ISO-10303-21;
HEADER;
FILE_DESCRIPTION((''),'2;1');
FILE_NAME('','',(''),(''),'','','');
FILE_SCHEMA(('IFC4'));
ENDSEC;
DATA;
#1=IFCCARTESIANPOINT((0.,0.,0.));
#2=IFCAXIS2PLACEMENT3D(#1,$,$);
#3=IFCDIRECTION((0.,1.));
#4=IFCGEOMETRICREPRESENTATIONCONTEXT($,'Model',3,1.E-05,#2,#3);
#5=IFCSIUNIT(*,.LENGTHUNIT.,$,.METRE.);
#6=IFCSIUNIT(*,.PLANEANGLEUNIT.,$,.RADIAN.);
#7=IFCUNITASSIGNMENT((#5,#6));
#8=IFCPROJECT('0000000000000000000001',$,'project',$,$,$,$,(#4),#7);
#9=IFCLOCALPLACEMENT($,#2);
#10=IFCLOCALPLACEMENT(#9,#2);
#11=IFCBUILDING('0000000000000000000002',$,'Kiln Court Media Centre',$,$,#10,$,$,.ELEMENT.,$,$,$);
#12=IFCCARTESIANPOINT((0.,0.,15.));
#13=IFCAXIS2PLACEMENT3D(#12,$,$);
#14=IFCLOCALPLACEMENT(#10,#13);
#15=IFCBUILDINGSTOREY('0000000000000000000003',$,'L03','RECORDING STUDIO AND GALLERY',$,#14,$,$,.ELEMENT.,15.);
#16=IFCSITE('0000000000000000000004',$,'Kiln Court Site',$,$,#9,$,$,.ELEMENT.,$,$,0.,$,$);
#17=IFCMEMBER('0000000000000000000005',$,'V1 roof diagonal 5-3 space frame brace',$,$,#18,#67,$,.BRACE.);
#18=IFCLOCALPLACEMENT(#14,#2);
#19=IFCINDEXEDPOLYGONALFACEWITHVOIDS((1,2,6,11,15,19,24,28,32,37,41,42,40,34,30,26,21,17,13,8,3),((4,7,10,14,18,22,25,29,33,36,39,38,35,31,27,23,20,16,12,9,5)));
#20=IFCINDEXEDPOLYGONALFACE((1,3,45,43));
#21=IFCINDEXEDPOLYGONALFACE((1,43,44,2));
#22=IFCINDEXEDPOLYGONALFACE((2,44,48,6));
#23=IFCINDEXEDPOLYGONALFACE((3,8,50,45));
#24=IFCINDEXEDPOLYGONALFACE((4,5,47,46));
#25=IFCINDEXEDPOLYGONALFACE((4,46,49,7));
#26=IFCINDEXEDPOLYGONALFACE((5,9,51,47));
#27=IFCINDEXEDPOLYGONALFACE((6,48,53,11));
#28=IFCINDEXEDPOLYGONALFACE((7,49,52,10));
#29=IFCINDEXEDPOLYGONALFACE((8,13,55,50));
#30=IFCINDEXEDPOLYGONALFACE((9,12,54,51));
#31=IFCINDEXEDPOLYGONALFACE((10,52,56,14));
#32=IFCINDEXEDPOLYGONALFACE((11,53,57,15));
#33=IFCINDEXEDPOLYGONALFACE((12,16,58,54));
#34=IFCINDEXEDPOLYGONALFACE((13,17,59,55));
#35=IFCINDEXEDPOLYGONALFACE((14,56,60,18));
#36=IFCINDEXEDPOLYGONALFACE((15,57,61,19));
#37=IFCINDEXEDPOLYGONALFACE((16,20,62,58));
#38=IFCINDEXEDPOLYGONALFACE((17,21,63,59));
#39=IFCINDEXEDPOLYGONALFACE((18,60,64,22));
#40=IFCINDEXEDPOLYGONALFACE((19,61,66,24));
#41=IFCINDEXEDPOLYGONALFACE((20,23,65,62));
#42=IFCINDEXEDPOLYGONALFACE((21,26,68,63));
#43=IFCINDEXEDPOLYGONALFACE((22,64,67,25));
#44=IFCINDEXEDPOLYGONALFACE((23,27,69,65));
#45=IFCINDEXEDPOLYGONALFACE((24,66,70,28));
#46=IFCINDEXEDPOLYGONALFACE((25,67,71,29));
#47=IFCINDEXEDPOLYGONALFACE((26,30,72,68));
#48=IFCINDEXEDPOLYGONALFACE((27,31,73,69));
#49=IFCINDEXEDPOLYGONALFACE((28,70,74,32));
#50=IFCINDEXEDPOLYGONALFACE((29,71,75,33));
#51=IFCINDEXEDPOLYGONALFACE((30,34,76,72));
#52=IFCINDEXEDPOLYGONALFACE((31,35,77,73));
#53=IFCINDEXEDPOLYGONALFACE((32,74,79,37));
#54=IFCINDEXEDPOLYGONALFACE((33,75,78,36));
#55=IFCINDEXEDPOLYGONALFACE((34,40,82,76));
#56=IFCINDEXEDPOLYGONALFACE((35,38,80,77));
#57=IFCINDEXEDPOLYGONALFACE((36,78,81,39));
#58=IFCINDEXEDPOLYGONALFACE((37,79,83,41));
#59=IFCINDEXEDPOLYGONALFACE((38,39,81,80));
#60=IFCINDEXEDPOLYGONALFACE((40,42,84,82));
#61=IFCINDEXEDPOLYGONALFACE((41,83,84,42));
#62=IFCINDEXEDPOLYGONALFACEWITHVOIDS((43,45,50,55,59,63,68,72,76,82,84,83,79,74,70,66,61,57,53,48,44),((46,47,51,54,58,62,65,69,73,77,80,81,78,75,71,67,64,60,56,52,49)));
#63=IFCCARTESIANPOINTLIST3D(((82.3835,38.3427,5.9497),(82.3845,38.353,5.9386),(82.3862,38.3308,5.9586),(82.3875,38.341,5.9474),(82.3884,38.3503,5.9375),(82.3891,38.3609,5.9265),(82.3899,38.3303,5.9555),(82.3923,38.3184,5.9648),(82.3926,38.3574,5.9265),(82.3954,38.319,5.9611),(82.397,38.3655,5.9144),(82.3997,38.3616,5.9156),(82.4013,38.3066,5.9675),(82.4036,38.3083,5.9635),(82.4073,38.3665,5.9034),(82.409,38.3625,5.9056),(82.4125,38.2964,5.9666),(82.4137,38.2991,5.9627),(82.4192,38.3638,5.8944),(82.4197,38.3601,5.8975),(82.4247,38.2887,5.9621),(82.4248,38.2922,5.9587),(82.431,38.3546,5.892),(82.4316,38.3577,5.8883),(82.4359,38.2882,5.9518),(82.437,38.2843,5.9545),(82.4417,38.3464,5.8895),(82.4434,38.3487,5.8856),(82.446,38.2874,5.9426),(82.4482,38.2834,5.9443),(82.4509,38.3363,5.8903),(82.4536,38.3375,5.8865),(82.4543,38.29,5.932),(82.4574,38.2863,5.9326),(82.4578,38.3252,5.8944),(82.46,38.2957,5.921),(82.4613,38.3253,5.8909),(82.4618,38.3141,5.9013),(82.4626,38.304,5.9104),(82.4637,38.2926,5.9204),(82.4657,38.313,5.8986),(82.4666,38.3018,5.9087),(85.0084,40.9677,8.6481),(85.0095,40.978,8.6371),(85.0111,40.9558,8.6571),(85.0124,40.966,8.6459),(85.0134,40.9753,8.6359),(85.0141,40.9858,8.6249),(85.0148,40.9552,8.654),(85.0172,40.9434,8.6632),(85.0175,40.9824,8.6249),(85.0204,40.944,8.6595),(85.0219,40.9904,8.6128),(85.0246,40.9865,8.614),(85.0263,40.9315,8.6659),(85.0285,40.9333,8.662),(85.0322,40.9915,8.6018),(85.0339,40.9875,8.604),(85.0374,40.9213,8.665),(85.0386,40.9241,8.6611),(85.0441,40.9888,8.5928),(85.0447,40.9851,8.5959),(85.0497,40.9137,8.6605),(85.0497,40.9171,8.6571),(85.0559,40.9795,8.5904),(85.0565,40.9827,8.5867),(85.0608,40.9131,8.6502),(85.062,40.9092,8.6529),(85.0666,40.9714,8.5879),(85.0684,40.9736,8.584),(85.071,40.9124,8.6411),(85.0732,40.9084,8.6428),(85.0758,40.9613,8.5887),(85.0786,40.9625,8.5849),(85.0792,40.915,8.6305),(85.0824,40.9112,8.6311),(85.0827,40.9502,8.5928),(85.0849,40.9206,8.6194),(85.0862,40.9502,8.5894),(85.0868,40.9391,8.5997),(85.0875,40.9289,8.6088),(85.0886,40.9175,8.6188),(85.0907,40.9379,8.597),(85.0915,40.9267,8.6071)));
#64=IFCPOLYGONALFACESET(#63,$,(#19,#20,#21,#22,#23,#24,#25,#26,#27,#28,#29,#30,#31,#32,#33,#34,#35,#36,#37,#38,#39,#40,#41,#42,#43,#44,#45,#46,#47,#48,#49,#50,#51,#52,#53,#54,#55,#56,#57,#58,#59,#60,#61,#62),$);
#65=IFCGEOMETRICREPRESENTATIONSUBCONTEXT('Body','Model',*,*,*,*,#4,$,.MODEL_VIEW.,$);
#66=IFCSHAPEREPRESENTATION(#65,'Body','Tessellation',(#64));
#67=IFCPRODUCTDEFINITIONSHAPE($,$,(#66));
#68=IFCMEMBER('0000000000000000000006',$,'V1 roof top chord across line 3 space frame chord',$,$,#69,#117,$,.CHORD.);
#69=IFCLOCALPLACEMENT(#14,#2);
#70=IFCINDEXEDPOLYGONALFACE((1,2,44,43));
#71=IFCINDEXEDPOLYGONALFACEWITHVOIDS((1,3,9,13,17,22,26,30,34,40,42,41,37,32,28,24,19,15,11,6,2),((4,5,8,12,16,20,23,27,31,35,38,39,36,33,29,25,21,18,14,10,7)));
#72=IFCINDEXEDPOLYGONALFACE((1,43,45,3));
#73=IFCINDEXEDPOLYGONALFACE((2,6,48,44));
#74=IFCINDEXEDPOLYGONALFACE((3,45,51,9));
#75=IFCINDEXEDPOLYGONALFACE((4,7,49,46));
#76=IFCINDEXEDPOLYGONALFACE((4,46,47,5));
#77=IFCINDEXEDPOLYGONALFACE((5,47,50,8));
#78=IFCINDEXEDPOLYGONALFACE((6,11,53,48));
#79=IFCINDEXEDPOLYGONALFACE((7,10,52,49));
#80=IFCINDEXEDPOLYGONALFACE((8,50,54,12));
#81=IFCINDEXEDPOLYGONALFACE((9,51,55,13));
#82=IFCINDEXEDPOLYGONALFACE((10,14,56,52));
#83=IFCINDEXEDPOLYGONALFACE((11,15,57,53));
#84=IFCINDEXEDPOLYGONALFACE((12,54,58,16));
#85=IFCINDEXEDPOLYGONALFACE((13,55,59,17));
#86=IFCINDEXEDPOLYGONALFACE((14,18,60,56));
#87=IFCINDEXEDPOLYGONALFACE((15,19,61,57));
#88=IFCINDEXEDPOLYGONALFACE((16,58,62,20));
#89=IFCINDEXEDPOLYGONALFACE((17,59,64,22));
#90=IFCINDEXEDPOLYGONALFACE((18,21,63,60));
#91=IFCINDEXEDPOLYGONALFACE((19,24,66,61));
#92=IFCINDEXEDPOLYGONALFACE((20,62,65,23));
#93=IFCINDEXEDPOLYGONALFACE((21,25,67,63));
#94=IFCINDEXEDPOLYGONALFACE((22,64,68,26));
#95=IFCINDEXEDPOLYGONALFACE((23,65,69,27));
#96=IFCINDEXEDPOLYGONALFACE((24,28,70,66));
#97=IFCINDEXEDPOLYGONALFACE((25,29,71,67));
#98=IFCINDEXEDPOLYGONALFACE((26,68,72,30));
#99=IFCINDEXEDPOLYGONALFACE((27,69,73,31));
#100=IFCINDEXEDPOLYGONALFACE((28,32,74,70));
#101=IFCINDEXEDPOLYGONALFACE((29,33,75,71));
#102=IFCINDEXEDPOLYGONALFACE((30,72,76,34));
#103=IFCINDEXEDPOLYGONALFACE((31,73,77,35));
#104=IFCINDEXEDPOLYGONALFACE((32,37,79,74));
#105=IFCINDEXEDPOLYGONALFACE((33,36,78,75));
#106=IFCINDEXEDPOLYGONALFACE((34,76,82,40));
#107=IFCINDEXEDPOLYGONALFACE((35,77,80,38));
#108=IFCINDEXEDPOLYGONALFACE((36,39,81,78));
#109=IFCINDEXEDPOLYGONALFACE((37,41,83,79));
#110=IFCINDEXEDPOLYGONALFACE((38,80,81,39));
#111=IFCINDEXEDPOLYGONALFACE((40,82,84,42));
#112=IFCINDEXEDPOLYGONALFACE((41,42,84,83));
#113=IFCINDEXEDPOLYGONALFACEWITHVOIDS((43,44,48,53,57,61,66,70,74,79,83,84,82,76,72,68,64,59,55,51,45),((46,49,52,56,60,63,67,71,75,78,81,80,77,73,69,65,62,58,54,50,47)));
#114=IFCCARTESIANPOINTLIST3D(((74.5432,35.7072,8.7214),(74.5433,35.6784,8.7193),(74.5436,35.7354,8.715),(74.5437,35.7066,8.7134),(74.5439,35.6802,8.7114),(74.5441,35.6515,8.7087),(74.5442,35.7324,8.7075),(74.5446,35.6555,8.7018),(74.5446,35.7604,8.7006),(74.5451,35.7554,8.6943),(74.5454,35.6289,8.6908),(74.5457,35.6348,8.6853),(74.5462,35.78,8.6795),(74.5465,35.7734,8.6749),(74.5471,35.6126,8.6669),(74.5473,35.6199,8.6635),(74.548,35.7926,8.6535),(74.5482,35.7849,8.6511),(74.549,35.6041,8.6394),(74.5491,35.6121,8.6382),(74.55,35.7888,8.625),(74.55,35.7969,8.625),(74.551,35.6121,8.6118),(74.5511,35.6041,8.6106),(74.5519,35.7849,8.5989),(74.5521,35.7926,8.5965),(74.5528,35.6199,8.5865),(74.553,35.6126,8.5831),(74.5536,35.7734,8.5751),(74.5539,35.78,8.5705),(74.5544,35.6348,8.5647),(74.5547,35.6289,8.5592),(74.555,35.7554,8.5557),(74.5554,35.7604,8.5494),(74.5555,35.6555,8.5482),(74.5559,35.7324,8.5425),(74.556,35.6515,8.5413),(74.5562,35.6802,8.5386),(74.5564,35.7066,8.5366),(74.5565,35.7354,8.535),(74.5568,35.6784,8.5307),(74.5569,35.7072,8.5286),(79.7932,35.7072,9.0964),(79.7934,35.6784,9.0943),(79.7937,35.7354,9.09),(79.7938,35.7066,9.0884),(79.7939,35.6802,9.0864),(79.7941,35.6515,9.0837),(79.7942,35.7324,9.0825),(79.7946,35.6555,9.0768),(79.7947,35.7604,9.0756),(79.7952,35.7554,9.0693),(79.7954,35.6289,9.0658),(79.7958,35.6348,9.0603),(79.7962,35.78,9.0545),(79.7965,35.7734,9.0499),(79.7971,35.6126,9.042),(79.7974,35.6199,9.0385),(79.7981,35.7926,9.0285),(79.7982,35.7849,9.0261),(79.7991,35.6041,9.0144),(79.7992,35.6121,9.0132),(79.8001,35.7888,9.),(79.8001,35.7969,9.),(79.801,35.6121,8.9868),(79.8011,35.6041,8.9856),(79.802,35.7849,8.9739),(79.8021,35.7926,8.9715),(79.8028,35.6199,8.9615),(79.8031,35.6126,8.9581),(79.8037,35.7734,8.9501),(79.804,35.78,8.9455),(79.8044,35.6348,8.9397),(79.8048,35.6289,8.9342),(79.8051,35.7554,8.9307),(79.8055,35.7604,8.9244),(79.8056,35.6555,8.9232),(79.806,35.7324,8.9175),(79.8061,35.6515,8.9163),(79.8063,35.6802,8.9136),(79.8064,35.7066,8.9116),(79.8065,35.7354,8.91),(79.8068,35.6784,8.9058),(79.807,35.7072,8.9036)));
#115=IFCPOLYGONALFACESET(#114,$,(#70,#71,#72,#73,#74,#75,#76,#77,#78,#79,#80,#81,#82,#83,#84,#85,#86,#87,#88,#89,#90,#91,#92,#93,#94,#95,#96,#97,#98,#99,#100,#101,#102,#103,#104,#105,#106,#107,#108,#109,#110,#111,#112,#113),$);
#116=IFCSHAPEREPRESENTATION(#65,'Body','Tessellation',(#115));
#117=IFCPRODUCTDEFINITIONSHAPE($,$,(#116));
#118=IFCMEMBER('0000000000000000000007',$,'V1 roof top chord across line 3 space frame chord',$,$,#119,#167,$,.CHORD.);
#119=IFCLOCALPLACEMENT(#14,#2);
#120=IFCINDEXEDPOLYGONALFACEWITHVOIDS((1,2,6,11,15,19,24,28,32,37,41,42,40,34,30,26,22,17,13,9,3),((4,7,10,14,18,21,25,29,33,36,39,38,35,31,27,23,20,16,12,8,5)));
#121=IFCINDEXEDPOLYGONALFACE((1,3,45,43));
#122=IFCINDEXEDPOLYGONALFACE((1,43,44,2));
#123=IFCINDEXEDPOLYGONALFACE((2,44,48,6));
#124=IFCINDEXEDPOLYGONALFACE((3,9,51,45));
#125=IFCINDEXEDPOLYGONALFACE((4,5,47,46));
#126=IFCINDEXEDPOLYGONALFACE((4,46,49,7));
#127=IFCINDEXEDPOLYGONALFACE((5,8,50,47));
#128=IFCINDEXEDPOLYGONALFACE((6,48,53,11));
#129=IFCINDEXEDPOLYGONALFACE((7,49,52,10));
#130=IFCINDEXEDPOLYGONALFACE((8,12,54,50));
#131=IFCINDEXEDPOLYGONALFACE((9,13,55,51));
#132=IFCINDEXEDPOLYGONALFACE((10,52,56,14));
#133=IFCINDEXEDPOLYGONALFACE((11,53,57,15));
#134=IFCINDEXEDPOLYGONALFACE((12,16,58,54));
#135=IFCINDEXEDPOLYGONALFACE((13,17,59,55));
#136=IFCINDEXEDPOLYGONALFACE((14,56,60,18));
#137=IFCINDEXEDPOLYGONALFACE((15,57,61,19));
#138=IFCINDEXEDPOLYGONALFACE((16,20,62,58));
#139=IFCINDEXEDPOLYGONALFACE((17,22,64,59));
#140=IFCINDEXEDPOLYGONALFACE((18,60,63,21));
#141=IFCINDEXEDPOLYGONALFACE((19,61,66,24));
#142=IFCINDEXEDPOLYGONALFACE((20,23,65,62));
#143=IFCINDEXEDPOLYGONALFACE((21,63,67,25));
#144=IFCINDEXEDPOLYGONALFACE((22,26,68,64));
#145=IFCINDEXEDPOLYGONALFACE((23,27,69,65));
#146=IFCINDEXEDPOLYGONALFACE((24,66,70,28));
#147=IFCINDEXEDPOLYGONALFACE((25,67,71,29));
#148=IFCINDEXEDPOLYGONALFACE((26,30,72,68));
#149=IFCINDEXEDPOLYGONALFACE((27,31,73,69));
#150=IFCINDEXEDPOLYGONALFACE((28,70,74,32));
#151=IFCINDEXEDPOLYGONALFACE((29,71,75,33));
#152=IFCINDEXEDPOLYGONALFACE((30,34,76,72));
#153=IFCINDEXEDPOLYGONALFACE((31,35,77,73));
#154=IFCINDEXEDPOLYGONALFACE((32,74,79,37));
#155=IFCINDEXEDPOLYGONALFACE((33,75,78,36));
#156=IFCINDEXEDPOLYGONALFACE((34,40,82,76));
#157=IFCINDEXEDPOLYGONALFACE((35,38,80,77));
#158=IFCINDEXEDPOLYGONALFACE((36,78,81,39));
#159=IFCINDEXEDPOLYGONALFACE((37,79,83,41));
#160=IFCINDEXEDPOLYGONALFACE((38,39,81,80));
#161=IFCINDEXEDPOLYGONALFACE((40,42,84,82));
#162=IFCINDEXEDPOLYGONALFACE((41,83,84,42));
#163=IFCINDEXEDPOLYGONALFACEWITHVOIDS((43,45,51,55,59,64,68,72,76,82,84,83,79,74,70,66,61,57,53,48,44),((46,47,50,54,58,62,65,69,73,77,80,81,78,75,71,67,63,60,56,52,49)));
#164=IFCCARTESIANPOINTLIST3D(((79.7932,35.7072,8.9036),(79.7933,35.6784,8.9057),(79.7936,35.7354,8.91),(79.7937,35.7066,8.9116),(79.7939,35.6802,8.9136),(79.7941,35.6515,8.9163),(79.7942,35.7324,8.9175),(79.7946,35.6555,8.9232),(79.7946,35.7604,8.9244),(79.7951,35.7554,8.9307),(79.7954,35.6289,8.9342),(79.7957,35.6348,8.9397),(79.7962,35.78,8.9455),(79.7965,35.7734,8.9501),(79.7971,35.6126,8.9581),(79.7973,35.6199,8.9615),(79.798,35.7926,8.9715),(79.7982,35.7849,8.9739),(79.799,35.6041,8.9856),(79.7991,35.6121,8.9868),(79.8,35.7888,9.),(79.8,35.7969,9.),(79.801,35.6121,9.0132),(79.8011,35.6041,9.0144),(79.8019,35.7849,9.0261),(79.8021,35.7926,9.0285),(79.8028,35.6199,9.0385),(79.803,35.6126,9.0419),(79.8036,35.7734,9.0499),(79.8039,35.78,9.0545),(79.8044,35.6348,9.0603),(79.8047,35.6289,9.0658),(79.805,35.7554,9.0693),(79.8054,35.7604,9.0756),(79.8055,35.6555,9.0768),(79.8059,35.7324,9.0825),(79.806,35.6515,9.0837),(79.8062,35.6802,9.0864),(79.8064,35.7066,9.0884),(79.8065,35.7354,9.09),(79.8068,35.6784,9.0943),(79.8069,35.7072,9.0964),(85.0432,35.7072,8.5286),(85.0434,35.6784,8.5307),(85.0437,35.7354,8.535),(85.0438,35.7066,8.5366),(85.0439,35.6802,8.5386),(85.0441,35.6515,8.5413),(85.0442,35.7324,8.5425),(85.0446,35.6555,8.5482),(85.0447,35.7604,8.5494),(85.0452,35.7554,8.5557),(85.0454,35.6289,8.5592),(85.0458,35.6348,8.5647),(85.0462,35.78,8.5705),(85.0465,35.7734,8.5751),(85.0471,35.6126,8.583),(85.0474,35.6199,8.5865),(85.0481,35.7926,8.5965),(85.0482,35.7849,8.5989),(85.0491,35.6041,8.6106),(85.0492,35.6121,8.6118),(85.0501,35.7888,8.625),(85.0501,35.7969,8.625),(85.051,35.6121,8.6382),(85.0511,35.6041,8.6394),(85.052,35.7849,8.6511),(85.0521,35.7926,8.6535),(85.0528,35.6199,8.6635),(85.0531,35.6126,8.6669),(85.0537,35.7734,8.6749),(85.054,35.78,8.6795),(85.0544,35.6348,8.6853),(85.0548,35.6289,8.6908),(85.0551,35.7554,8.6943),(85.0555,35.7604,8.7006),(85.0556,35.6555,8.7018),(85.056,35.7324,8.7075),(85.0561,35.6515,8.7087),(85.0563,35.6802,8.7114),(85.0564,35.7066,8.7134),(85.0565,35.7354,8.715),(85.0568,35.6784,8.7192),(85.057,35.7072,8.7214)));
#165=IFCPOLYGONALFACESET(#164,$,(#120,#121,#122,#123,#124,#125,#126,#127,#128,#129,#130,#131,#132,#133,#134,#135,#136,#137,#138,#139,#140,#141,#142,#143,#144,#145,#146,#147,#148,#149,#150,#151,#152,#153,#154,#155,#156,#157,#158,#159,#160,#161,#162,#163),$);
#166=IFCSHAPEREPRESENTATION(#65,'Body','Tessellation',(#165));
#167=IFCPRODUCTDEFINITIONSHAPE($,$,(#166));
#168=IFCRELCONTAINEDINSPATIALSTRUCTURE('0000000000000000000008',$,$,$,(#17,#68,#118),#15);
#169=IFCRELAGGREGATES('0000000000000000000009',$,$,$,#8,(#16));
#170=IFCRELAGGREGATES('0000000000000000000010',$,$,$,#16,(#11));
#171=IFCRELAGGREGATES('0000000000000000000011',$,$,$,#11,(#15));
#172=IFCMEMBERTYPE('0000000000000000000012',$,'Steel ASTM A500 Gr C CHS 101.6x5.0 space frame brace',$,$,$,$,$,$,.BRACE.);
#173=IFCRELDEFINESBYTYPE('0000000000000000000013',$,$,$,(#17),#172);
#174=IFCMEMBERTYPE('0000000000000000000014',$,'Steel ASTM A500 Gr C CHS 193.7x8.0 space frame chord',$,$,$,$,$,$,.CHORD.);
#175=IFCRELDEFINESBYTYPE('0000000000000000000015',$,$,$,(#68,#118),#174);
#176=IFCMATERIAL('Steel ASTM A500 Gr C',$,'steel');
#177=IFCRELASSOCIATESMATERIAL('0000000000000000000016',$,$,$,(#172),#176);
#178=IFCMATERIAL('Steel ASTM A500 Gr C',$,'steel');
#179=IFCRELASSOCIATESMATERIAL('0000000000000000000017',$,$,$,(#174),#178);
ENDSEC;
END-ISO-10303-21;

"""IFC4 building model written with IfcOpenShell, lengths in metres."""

from ifc_helpers import new_model, si_unit, direction, frame, origin, origin_2d, place, context, subcontext, project, spatial, hollow_circle, extrude, material, material_profile, profile_set, type_object, element, save


model = new_model("IFC4")

# Units and contexts
model_context = context("Model", 3, precision=1e-05, world=origin(), true_north=direction((0.0, 1.0)))
body_context = subcontext(model_context, "Body", "Model", "MODEL_VIEW")
ifc_project = project(units=[si_unit("LENGTHUNIT", "METRE"), si_unit("PLANEANGLEUNIT", "RADIAN")], contexts=[model_context])

# Site, building, storey
site_placement = place(None, origin())
site = spatial("IfcSite", under=ifc_project, at=site_placement, Name="Kiln Court Site", CompositionType="ELEMENT", RefElevation=0.0)
building_placement = place(site_placement, origin())
building = spatial("IfcBuilding", under=site, at=building_placement, Name="Kiln Court Media Centre", CompositionType="ELEMENT")
storey_placement = place(building_placement, frame((0.0, 0.0, 15.0)))
storey = spatial("IfcBuildingStorey", under=building, at=storey_placement, Name="L03", Description="RECORDING STUDIO AND GALLERY", CompositionType="ELEMENT", Elevation=15.0)

# Members
ifc_material_1 = material(Name="Steel ASTM A500 Gr C", Category="steel")
ifc_material_profile_1 = material_profile(ifc_material_1, hollow_circle(Radius=0.0508, WallThickness=0.0049, at=origin_2d()), Name="CHS 101.6x5.0")
ifc_profile_set_1 = profile_set([ifc_material_profile_1], Name="Steel ASTM A500 Gr C")
member_type_1 = type_object("IfcMemberType", Name="Steel ASTM A500 Gr C CHS 101.6x5.0 space frame brace", PredefinedType="BRACE", material=ifc_profile_set_1)
member_1_placement = place(storey_placement, frame((82.425, 38.325, 5.9265), z_axis=(0.571964, 0.571964, 0.587976), x_axis=(-0.707107, 0.707107, 0.0)))
element("IfcMember", 1, at=member_1_placement, inside=storey, type_object=member_type_1, Name="V1 roof diagonal 5-3 space frame brace", PredefinedType="BRACE", context=body_context, shape_type="SweptSolid", body=[
    extrude(hollow_circle(Radius=0.0508, WallThickness=0.0049, at=origin_2d()), origin(), (0.0, 0.0, 1.0), 4.5894),
])
ifc_material_2 = material(Name="Steel ASTM A500 Gr C", Category="steel")
ifc_material_profile_2 = material_profile(ifc_material_2, hollow_circle(Radius=0.0969, WallThickness=0.0081, at=origin_2d()), Name="CHS 193.7x8.0")
ifc_profile_set_2 = profile_set([ifc_material_profile_2], Name="Steel ASTM A500 Gr C")
member_type_2 = type_object("IfcMemberType", Name="Steel ASTM A500 Gr C CHS 193.7x8.0 space frame chord", PredefinedType="CHORD", material=ifc_profile_set_2)
for number, where, z_axis, x_axis, name in (
    (2, (74.55, 35.7, 8.625), (0.997459, 0.0, 0.071247), (0.0, 1.0, 0.0), "V1 roof top chord across line 3 space frame chord"),
    (3, (79.8, 35.7, 9.0), (0.997459, 0.0, -0.071247), (0.0, 1.0, 0.0), "V1 roof top chord across line 3 space frame chord"),
):
    element("IfcMember", number, at=place(storey_placement, frame(where, z_axis=z_axis, x_axis=x_axis)), inside=storey, type_object=member_type_2, Name=name, PredefinedType="CHORD", context=body_context, shape_type="SweptSolid", body=[
        extrude(hollow_circle(Radius=0.0969, WallThickness=0.0081, at=origin_2d()), origin(), (0.0, 0.0, 1.0), 5.2634),
    ])

save(model, "model.ifc")
